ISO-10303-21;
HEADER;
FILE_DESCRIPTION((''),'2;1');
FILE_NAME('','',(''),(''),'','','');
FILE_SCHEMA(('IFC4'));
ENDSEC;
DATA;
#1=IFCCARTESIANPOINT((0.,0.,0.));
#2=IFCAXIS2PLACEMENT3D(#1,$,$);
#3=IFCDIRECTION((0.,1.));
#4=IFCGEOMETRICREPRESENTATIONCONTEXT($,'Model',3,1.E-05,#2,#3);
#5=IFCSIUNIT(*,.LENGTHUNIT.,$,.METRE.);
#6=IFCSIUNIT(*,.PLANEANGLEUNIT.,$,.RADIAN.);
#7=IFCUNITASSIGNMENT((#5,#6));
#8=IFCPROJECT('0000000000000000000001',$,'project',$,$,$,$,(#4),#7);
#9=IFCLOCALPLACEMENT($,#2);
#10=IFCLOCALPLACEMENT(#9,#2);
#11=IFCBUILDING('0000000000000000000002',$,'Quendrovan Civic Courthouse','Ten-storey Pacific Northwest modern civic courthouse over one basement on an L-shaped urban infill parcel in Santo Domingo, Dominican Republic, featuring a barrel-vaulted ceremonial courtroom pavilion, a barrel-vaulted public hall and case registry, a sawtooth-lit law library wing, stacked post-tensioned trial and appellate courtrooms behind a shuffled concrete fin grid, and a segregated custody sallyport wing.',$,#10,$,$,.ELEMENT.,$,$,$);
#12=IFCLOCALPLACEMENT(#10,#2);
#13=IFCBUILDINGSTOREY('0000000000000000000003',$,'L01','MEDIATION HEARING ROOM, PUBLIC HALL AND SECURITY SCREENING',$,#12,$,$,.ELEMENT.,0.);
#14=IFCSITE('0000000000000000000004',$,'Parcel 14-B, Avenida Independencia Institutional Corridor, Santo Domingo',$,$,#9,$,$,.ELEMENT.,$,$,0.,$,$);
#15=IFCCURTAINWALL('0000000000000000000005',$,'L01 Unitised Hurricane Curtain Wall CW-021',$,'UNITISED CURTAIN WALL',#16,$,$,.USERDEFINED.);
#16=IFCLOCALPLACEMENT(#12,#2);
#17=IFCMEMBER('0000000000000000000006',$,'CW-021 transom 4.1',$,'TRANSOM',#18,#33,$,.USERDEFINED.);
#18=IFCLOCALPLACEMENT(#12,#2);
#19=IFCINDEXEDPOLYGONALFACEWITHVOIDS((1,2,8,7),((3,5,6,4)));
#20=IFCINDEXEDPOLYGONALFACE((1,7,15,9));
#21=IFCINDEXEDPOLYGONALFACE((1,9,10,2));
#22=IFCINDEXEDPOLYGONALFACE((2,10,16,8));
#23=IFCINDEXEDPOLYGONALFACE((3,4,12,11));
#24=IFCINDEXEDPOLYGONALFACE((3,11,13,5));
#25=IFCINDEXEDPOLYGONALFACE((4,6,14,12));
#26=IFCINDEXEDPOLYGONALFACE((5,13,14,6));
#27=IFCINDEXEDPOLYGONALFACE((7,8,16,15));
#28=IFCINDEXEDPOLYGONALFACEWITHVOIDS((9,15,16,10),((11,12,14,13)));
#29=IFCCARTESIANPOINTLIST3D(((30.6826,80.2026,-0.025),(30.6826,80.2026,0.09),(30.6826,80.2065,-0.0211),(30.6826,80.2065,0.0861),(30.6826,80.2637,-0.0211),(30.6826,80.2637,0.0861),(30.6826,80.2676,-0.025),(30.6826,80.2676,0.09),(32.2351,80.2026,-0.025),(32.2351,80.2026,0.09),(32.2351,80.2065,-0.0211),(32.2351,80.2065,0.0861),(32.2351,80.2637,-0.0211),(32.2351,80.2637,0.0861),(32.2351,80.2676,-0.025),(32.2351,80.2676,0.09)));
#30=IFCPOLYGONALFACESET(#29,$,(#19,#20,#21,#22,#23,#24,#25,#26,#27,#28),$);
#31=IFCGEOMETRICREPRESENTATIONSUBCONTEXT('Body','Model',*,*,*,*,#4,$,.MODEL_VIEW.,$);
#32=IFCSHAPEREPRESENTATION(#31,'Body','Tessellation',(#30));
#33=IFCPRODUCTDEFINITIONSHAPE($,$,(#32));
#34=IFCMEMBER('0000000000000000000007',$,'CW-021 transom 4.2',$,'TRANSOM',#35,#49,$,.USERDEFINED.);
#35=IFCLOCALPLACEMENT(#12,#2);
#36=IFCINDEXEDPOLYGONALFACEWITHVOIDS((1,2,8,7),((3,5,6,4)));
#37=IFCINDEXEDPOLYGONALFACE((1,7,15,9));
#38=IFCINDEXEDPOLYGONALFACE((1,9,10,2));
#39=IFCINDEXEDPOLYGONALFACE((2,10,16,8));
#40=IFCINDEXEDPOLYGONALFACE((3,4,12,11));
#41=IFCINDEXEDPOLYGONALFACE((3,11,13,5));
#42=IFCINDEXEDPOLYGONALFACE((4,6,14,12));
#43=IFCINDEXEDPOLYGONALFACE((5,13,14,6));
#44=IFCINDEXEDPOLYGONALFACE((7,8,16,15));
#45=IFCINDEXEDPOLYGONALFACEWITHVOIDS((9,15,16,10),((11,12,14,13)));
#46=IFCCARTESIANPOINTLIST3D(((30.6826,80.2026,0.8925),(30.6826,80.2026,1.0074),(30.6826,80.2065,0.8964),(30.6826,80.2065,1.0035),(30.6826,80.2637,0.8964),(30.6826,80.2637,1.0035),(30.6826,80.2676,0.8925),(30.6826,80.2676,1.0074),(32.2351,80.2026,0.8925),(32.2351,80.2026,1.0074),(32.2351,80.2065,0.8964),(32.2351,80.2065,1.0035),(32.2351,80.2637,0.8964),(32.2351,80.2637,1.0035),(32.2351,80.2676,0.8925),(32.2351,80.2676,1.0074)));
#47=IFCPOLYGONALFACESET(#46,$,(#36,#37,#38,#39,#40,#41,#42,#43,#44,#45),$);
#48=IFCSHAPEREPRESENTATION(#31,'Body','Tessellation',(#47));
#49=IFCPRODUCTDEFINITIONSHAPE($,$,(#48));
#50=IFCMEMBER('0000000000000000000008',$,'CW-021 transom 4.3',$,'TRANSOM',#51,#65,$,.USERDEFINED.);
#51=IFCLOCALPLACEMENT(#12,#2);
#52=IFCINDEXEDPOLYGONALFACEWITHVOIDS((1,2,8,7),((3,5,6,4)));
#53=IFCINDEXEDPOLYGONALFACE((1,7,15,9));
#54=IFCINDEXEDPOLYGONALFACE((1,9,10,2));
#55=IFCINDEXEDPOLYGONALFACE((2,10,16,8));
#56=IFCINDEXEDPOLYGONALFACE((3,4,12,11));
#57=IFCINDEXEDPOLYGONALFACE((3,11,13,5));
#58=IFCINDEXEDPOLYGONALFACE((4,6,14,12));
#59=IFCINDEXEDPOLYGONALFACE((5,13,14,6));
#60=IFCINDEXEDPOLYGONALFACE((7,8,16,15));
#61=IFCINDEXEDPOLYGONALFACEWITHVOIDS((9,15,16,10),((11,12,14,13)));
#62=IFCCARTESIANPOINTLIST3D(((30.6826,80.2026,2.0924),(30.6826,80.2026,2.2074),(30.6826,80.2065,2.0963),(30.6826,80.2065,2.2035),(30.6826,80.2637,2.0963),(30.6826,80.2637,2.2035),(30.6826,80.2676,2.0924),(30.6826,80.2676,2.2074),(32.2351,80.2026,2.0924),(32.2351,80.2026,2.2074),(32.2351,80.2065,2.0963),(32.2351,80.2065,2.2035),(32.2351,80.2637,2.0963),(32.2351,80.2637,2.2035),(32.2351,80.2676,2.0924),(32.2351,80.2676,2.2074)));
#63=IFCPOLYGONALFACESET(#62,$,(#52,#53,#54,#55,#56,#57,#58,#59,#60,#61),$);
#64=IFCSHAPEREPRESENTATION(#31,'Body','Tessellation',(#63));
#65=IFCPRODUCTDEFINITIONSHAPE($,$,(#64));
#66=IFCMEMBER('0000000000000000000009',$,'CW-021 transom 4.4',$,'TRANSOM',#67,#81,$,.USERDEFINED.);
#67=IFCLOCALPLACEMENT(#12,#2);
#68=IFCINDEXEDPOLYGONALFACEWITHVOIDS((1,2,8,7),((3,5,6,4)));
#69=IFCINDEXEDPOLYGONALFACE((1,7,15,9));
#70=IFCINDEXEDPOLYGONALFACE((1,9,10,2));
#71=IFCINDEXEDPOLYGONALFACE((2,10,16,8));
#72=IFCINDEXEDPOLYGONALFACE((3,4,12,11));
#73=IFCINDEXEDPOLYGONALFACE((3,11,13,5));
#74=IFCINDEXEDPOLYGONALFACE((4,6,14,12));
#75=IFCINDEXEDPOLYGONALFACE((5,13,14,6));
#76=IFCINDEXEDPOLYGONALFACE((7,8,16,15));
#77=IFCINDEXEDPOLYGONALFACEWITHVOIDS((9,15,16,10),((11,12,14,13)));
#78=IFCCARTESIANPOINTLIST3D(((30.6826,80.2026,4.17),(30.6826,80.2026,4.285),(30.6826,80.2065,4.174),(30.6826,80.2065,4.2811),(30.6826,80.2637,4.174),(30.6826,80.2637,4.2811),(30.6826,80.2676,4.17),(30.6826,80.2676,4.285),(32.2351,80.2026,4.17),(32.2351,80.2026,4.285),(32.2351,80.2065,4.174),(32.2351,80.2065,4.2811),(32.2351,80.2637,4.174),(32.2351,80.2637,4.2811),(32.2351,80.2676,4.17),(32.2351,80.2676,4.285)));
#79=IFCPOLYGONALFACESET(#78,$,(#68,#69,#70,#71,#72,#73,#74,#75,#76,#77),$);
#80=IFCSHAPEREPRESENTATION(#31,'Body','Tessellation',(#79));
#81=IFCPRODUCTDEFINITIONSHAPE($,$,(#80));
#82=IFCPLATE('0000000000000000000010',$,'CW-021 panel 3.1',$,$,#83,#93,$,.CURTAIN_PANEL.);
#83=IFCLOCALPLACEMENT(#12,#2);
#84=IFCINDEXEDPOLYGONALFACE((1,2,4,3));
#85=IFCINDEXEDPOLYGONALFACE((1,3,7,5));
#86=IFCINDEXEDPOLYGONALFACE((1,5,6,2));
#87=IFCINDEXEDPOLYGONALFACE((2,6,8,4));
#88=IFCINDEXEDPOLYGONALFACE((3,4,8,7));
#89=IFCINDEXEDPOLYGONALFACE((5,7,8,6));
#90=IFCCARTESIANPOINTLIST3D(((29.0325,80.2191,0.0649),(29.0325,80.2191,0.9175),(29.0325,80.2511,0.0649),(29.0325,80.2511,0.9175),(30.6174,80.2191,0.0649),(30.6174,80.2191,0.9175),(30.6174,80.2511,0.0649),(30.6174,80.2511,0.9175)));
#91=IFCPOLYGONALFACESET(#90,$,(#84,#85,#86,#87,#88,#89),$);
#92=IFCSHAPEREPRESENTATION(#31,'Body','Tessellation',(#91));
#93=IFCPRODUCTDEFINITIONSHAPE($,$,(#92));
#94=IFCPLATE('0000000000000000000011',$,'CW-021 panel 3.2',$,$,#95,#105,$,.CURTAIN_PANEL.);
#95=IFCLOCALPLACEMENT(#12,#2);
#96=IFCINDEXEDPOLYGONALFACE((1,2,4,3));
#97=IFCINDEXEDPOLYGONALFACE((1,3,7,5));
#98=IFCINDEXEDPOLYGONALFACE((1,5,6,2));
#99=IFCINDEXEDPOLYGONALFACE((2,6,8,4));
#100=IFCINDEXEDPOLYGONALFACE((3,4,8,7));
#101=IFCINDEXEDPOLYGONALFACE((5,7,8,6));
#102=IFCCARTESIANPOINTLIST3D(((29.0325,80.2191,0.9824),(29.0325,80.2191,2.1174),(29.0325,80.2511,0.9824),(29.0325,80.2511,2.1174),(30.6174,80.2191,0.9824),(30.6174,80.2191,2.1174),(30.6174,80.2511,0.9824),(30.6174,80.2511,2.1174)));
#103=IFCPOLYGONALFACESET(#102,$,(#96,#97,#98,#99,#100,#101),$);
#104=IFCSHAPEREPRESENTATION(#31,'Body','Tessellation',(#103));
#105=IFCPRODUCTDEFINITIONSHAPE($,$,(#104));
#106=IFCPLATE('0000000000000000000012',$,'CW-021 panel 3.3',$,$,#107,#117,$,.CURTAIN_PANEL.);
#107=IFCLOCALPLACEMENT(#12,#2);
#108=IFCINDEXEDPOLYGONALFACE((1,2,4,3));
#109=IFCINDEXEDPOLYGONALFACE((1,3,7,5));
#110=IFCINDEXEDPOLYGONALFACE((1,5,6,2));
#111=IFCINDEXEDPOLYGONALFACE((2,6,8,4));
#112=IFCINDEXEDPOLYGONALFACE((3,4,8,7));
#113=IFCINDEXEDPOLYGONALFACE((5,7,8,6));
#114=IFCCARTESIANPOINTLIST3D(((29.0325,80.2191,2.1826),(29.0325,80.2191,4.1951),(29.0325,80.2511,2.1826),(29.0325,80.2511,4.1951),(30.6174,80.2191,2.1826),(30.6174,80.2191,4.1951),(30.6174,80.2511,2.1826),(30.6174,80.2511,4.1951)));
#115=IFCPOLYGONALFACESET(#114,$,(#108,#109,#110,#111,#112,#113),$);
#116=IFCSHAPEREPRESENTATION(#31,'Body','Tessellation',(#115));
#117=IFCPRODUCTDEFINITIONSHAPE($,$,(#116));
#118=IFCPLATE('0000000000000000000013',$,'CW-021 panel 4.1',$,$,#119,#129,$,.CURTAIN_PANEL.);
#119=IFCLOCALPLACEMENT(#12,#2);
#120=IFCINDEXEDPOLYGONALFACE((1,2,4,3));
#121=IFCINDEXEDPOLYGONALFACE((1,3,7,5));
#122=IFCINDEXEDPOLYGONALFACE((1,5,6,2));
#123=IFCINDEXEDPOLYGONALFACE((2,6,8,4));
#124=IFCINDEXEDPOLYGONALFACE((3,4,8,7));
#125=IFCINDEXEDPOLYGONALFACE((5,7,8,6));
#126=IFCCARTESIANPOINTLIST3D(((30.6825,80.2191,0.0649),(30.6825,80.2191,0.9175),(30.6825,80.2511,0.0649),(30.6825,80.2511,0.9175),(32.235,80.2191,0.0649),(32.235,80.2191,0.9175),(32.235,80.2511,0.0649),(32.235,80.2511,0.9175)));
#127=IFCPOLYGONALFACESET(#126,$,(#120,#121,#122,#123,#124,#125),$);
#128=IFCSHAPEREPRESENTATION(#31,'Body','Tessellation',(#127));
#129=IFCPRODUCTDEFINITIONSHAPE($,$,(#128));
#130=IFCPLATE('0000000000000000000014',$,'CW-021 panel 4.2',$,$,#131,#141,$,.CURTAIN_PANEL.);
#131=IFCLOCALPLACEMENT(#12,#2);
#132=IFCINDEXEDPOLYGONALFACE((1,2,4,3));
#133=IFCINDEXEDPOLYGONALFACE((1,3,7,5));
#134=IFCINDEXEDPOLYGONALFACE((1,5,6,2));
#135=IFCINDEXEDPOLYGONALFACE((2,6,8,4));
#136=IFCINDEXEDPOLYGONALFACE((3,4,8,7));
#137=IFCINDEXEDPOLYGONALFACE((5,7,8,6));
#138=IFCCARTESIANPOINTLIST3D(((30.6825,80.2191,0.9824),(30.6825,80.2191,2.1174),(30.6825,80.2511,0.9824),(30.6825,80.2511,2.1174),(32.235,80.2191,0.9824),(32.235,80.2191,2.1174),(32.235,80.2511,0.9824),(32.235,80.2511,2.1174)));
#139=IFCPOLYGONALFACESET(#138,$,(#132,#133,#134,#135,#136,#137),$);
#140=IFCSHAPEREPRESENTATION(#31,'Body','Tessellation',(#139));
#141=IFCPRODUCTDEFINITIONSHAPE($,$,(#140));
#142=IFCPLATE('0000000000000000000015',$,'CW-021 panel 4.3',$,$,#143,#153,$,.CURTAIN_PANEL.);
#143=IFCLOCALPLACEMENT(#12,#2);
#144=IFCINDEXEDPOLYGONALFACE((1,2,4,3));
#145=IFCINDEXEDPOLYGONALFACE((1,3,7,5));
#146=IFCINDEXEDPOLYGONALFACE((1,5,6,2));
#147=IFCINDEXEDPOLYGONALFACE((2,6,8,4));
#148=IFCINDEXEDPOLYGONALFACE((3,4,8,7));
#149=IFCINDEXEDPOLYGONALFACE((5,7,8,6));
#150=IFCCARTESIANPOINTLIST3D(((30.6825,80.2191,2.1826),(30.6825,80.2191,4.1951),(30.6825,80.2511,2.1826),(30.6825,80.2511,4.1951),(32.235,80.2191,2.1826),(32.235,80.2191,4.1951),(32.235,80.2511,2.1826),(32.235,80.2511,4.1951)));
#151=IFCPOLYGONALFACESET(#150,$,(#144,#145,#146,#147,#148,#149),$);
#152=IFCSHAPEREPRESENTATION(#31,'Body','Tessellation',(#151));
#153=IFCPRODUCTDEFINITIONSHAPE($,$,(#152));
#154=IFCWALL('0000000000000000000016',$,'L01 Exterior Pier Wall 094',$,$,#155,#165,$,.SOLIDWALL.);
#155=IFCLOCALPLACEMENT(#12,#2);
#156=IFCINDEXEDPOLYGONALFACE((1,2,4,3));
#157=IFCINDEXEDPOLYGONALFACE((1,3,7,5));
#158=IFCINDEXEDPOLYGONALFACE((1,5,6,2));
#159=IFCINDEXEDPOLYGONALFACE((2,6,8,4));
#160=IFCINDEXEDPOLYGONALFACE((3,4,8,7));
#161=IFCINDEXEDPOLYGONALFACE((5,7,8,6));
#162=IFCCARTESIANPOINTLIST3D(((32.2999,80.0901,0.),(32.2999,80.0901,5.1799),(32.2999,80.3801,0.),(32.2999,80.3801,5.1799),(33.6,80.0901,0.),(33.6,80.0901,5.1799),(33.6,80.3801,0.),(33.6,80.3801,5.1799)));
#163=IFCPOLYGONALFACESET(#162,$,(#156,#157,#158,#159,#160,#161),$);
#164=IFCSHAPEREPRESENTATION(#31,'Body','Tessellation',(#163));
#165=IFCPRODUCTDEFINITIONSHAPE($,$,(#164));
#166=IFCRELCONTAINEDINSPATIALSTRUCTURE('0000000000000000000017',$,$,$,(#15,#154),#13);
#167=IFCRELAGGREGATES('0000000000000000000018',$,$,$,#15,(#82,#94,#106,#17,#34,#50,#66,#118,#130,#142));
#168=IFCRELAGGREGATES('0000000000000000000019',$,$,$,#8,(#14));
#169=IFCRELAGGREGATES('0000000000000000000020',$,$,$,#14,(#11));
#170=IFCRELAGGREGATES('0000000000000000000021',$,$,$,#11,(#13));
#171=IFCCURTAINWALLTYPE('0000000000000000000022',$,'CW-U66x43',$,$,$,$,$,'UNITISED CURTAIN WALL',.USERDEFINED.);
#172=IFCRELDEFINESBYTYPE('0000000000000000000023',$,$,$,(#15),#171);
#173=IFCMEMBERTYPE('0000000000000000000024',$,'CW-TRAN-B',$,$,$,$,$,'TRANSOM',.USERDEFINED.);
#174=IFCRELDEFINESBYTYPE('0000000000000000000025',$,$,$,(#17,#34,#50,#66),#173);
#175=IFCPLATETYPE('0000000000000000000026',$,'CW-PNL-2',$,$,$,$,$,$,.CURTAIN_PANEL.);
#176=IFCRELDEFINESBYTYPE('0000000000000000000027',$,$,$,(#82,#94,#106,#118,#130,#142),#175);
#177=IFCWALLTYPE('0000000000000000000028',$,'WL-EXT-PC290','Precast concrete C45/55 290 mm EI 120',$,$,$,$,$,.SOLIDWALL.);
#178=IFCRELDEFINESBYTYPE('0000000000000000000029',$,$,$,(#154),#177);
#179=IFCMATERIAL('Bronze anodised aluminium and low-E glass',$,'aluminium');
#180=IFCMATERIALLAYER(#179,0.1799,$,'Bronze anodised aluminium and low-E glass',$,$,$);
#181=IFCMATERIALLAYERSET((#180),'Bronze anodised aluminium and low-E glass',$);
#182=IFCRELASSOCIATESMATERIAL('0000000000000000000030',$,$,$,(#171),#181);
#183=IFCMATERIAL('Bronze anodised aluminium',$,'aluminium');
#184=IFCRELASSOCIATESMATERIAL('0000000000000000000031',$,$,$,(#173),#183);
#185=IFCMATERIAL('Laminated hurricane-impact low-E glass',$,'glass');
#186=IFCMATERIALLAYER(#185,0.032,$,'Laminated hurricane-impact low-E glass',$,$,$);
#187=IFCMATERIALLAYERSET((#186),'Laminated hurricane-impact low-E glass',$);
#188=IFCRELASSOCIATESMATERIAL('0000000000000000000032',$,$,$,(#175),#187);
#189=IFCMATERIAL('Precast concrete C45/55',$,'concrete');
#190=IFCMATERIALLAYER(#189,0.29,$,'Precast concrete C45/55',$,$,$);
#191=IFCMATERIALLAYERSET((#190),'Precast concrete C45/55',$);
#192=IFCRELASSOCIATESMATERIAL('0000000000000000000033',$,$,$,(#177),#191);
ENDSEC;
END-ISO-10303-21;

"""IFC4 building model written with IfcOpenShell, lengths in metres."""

from ifc_helpers import new_model, si_unit, direction, frame, frame_2d, origin, origin_2d, place, context, subcontext, project, spatial, rectangle, hollow_rectangle, extrude, material, layer, layer_set, material_profile, profile_set, type_object, element, aggregate, save


model = new_model("IFC4")

# Units and contexts
model_context = context("Model", 3, precision=1e-05, world=origin(), true_north=direction((0.0, 1.0)))
body_context = subcontext(model_context, "Body", "Model", "MODEL_VIEW")
ifc_project = project(units=[si_unit("LENGTHUNIT", "METRE"), si_unit("PLANEANGLEUNIT", "RADIAN")], contexts=[model_context])

# Site, building, storey
site_placement = place(None, origin())
site = spatial("IfcSite", under=ifc_project, at=site_placement, Name="Parcel 14-B, Avenida Independencia Institutional Corridor, Santo Domingo", CompositionType="ELEMENT", RefElevation=0.0)
building_placement = place(site_placement, origin())
building = spatial("IfcBuilding", under=site, at=building_placement, Name="Quendrovan Civic Courthouse", Description="Ten-storey Pacific Northwest modern civic courthouse over one basement on an L-shaped urban infill parcel in Santo Domingo, Dominican Republic, featuring a barrel-vaulted ceremonial courtroom pavilion, a barrel-vaulted public hall and case registry, a sawtooth-lit law library wing, stacked post-tensioned trial and appellate courtrooms behind a shuffled concrete fin grid, and a segregated custody sallyport wing.", CompositionType="ELEMENT")
storey_placement = place(building_placement, origin())
storey = spatial("IfcBuildingStorey", under=building, at=storey_placement, Name="L01", Description="MEDIATION HEARING ROOM, PUBLIC HALL AND SECURITY SCREENING", CompositionType="ELEMENT", Elevation=0.0)

# Shared definitions
ifc_material_1 = material(Name="Bronze anodised aluminium and low-E glass", Category="aluminium")
ifc_material_2 = material(Name="Bronze anodised aluminium", Category="aluminium")

# Curtain wall
ifc_layer_1 = layer(ifc_material_1, 0.1799, Name="Bronze anodised aluminium and low-E glass")
ifc_layer_set_1 = layer_set([ifc_layer_1], Name="Bronze anodised aluminium and low-E glass")
curtain_wall_type_1 = type_object("IfcCurtainWallType", Name="CW-U66x43", ElementType="UNITISED CURTAIN WALL", PredefinedType="USERDEFINED", material=ifc_layer_set_1)
curtain_wall_1_placement = place(storey_placement, origin())
curtain_wall_1 = element("IfcCurtainWall", 1, at=curtain_wall_1_placement, inside=storey, type_object=curtain_wall_type_1, Name="L01 Unitised Hurricane Curtain Wall CW-021", ObjectType="UNITISED CURTAIN WALL", PredefinedType="USERDEFINED")

# Members
ifc_material_profile_1 = material_profile(ifc_material_2, hollow_rectangle(XDim=0.0649, YDim=0.115, WallThickness=0.0039, at=origin_2d()), Name="CW-TRAN-65x115")
ifc_profile_set_1 = profile_set([ifc_material_profile_1], Name="Bronze anodised aluminium")
member_type_1 = type_object("IfcMemberType", Name="CW-TRAN-B", ElementType="TRANSOM", PredefinedType="USERDEFINED", material=ifc_profile_set_1)
member_1_placement = place(storey_placement, frame((30.6826, 80.2351, 0.0325), z_axis=(1.0, 0.0, 0.0), x_axis=(0.0, 1.0, 0.0)))
member_1 = element("IfcMember", 2, at=member_1_placement, type_object=member_type_1, Name="CW-021 transom 4.1", ObjectType="TRANSOM", PredefinedType="USERDEFINED", context=body_context, shape_type="SweptSolid", body=[
    extrude(hollow_rectangle(XDim=0.0649, YDim=0.115, WallThickness=0.0039, at=origin_2d()), origin(), (0.0, 0.0, 1.0), 1.5525),
])
member_2_placement = place(storey_placement, frame((30.6826, 80.2351, 0.95), z_axis=(1.0, 0.0, 0.0), x_axis=(0.0, 1.0, 0.0)))
member_2 = element("IfcMember", 3, at=member_2_placement, type_object=member_type_1, Name="CW-021 transom 4.2", ObjectType="TRANSOM", PredefinedType="USERDEFINED", context=body_context, shape_type="SweptSolid", body=[
    extrude(hollow_rectangle(XDim=0.0649, YDim=0.115, WallThickness=0.0039, at=origin_2d()), origin(), (0.0, 0.0, 1.0), 1.5525),
])
member_3_placement = place(storey_placement, frame((30.6826, 80.2351, 2.1499), z_axis=(1.0, 0.0, 0.0), x_axis=(0.0, 1.0, 0.0)))
member_3 = element("IfcMember", 4, at=member_3_placement, type_object=member_type_1, Name="CW-021 transom 4.3", ObjectType="TRANSOM", PredefinedType="USERDEFINED", context=body_context, shape_type="SweptSolid", body=[
    extrude(hollow_rectangle(XDim=0.0649, YDim=0.115, WallThickness=0.0039, at=origin_2d()), origin(), (0.0, 0.0, 1.0), 1.5525),
])
member_4_placement = place(storey_placement, frame((30.6826, 80.2351, 4.2275), z_axis=(1.0, 0.0, 0.0), x_axis=(0.0, 1.0, 0.0)))
member_4 = element("IfcMember", 5, at=member_4_placement, type_object=member_type_1, Name="CW-021 transom 4.4", ObjectType="TRANSOM", PredefinedType="USERDEFINED", context=body_context, shape_type="SweptSolid", body=[
    extrude(hollow_rectangle(XDim=0.0649, YDim=0.115, WallThickness=0.0039, at=origin_2d()), origin(), (0.0, 0.0, 1.0), 1.5525),
])

# Plates
ifc_material_3 = material(Name="Laminated hurricane-impact low-E glass", Category="glass")
ifc_layer_2 = layer(ifc_material_3, 0.032, Name="Laminated hurricane-impact low-E glass")
ifc_layer_set_2 = layer_set([ifc_layer_2], Name="Laminated hurricane-impact low-E glass")
plate_type = type_object("IfcPlateType", Name="CW-PNL-2", PredefinedType="CURTAIN_PANEL", material=ifc_layer_set_2)
plate_1_placement = place(storey_placement, frame((29.825, 80.2351, 0.0649), z_axis=(0.0, 0.0, 1.0), x_axis=(1.0, 0.0, 0.0)))
plate_1 = element("IfcPlate", 6, at=plate_1_placement, type_object=plate_type, Name="CW-021 panel 3.1", PredefinedType="CURTAIN_PANEL", context=body_context, shape_type="SweptSolid", body=[
    extrude(rectangle(XDim=1.585, YDim=0.032, at=origin_2d()), origin(), (0.0, 0.0, 1.0), 0.8525),
])
plate_2_placement = place(storey_placement, frame((29.825, 80.2351, 0.9824), z_axis=(0.0, 0.0, 1.0), x_axis=(1.0, 0.0, 0.0)))
plate_2 = element("IfcPlate", 7, at=plate_2_placement, type_object=plate_type, Name="CW-021 panel 3.2", PredefinedType="CURTAIN_PANEL", context=body_context, shape_type="SweptSolid", body=[
    extrude(rectangle(XDim=1.585, YDim=0.032, at=origin_2d()), origin(), (0.0, 0.0, 1.0), 1.135),
])
plate_3_placement = place(storey_placement, frame((29.825, 80.2351, 2.1826), z_axis=(0.0, 0.0, 1.0), x_axis=(1.0, 0.0, 0.0)))
plate_3 = element("IfcPlate", 8, at=plate_3_placement, type_object=plate_type, Name="CW-021 panel 3.3", PredefinedType="CURTAIN_PANEL", context=body_context, shape_type="SweptSolid", body=[
    extrude(rectangle(XDim=1.585, YDim=0.032, at=origin_2d()), origin(), (0.0, 0.0, 1.0), 2.0125),
])
plate_4_placement = place(storey_placement, frame((31.4587, 80.2351, 0.0649), z_axis=(0.0, 0.0, 1.0), x_axis=(1.0, 0.0, 0.0)))
plate_4 = element("IfcPlate", 9, at=plate_4_placement, type_object=plate_type, Name="CW-021 panel 4.1", PredefinedType="CURTAIN_PANEL", context=body_context, shape_type="SweptSolid", body=[
    extrude(rectangle(XDim=1.5525, YDim=0.032, at=origin_2d()), origin(), (0.0, 0.0, 1.0), 0.8525),
])
plate_5_placement = place(storey_placement, frame((31.4587, 80.2351, 0.9824), z_axis=(0.0, 0.0, 1.0), x_axis=(1.0, 0.0, 0.0)))
plate_5 = element("IfcPlate", 10, at=plate_5_placement, type_object=plate_type, Name="CW-021 panel 4.2", PredefinedType="CURTAIN_PANEL", context=body_context, shape_type="SweptSolid", body=[
    extrude(rectangle(XDim=1.5525, YDim=0.032, at=origin_2d()), origin(), (0.0, 0.0, 1.0), 1.135),
])
plate_6_placement = place(storey_placement, frame((31.4587, 80.2351, 2.1826), z_axis=(0.0, 0.0, 1.0), x_axis=(1.0, 0.0, 0.0)))
plate_6 = element("IfcPlate", 11, at=plate_6_placement, type_object=plate_type, Name="CW-021 panel 4.3", PredefinedType="CURTAIN_PANEL", context=body_context, shape_type="SweptSolid", body=[
    extrude(rectangle(XDim=1.5525, YDim=0.032, at=origin_2d()), origin(), (0.0, 0.0, 1.0), 2.0125),
])
aggregate(curtain_wall_1, [plate_1, plate_2, plate_3, member_1, member_2, member_3, member_4, plate_4, plate_5, plate_6])

# Wall
ifc_material_4 = material(Name="Precast concrete C45/55", Category="concrete")
ifc_layer_3 = layer(ifc_material_4, 0.29, Name="Precast concrete C45/55")
ifc_layer_set_3 = layer_set([ifc_layer_3], Name="Precast concrete C45/55")
wall_type = type_object("IfcWallType", Name="WL-EXT-PC290", Description="Precast concrete C45/55 290 mm EI 120", PredefinedType="SOLIDWALL", material=ifc_layer_set_3)
wall_1_placement = place(storey_placement, frame((32.3, 80.2351, 0.0), z_axis=(0.0, 0.0, 1.0), x_axis=(1.0, 0.0, 0.0)))
element("IfcWall", 12, at=wall_1_placement, inside=storey, type_object=wall_type, Name="L01 Exterior Pier Wall 094", PredefinedType="SOLIDWALL", context=body_context, shape_type="SweptSolid", body=[
    extrude(rectangle(XDim=1.3, YDim=0.29, at=frame_2d((0.6499, 0.0))), origin(), (0.0, 0.0, 1.0), 5.1799),
])

save(model, "model.ifc")
